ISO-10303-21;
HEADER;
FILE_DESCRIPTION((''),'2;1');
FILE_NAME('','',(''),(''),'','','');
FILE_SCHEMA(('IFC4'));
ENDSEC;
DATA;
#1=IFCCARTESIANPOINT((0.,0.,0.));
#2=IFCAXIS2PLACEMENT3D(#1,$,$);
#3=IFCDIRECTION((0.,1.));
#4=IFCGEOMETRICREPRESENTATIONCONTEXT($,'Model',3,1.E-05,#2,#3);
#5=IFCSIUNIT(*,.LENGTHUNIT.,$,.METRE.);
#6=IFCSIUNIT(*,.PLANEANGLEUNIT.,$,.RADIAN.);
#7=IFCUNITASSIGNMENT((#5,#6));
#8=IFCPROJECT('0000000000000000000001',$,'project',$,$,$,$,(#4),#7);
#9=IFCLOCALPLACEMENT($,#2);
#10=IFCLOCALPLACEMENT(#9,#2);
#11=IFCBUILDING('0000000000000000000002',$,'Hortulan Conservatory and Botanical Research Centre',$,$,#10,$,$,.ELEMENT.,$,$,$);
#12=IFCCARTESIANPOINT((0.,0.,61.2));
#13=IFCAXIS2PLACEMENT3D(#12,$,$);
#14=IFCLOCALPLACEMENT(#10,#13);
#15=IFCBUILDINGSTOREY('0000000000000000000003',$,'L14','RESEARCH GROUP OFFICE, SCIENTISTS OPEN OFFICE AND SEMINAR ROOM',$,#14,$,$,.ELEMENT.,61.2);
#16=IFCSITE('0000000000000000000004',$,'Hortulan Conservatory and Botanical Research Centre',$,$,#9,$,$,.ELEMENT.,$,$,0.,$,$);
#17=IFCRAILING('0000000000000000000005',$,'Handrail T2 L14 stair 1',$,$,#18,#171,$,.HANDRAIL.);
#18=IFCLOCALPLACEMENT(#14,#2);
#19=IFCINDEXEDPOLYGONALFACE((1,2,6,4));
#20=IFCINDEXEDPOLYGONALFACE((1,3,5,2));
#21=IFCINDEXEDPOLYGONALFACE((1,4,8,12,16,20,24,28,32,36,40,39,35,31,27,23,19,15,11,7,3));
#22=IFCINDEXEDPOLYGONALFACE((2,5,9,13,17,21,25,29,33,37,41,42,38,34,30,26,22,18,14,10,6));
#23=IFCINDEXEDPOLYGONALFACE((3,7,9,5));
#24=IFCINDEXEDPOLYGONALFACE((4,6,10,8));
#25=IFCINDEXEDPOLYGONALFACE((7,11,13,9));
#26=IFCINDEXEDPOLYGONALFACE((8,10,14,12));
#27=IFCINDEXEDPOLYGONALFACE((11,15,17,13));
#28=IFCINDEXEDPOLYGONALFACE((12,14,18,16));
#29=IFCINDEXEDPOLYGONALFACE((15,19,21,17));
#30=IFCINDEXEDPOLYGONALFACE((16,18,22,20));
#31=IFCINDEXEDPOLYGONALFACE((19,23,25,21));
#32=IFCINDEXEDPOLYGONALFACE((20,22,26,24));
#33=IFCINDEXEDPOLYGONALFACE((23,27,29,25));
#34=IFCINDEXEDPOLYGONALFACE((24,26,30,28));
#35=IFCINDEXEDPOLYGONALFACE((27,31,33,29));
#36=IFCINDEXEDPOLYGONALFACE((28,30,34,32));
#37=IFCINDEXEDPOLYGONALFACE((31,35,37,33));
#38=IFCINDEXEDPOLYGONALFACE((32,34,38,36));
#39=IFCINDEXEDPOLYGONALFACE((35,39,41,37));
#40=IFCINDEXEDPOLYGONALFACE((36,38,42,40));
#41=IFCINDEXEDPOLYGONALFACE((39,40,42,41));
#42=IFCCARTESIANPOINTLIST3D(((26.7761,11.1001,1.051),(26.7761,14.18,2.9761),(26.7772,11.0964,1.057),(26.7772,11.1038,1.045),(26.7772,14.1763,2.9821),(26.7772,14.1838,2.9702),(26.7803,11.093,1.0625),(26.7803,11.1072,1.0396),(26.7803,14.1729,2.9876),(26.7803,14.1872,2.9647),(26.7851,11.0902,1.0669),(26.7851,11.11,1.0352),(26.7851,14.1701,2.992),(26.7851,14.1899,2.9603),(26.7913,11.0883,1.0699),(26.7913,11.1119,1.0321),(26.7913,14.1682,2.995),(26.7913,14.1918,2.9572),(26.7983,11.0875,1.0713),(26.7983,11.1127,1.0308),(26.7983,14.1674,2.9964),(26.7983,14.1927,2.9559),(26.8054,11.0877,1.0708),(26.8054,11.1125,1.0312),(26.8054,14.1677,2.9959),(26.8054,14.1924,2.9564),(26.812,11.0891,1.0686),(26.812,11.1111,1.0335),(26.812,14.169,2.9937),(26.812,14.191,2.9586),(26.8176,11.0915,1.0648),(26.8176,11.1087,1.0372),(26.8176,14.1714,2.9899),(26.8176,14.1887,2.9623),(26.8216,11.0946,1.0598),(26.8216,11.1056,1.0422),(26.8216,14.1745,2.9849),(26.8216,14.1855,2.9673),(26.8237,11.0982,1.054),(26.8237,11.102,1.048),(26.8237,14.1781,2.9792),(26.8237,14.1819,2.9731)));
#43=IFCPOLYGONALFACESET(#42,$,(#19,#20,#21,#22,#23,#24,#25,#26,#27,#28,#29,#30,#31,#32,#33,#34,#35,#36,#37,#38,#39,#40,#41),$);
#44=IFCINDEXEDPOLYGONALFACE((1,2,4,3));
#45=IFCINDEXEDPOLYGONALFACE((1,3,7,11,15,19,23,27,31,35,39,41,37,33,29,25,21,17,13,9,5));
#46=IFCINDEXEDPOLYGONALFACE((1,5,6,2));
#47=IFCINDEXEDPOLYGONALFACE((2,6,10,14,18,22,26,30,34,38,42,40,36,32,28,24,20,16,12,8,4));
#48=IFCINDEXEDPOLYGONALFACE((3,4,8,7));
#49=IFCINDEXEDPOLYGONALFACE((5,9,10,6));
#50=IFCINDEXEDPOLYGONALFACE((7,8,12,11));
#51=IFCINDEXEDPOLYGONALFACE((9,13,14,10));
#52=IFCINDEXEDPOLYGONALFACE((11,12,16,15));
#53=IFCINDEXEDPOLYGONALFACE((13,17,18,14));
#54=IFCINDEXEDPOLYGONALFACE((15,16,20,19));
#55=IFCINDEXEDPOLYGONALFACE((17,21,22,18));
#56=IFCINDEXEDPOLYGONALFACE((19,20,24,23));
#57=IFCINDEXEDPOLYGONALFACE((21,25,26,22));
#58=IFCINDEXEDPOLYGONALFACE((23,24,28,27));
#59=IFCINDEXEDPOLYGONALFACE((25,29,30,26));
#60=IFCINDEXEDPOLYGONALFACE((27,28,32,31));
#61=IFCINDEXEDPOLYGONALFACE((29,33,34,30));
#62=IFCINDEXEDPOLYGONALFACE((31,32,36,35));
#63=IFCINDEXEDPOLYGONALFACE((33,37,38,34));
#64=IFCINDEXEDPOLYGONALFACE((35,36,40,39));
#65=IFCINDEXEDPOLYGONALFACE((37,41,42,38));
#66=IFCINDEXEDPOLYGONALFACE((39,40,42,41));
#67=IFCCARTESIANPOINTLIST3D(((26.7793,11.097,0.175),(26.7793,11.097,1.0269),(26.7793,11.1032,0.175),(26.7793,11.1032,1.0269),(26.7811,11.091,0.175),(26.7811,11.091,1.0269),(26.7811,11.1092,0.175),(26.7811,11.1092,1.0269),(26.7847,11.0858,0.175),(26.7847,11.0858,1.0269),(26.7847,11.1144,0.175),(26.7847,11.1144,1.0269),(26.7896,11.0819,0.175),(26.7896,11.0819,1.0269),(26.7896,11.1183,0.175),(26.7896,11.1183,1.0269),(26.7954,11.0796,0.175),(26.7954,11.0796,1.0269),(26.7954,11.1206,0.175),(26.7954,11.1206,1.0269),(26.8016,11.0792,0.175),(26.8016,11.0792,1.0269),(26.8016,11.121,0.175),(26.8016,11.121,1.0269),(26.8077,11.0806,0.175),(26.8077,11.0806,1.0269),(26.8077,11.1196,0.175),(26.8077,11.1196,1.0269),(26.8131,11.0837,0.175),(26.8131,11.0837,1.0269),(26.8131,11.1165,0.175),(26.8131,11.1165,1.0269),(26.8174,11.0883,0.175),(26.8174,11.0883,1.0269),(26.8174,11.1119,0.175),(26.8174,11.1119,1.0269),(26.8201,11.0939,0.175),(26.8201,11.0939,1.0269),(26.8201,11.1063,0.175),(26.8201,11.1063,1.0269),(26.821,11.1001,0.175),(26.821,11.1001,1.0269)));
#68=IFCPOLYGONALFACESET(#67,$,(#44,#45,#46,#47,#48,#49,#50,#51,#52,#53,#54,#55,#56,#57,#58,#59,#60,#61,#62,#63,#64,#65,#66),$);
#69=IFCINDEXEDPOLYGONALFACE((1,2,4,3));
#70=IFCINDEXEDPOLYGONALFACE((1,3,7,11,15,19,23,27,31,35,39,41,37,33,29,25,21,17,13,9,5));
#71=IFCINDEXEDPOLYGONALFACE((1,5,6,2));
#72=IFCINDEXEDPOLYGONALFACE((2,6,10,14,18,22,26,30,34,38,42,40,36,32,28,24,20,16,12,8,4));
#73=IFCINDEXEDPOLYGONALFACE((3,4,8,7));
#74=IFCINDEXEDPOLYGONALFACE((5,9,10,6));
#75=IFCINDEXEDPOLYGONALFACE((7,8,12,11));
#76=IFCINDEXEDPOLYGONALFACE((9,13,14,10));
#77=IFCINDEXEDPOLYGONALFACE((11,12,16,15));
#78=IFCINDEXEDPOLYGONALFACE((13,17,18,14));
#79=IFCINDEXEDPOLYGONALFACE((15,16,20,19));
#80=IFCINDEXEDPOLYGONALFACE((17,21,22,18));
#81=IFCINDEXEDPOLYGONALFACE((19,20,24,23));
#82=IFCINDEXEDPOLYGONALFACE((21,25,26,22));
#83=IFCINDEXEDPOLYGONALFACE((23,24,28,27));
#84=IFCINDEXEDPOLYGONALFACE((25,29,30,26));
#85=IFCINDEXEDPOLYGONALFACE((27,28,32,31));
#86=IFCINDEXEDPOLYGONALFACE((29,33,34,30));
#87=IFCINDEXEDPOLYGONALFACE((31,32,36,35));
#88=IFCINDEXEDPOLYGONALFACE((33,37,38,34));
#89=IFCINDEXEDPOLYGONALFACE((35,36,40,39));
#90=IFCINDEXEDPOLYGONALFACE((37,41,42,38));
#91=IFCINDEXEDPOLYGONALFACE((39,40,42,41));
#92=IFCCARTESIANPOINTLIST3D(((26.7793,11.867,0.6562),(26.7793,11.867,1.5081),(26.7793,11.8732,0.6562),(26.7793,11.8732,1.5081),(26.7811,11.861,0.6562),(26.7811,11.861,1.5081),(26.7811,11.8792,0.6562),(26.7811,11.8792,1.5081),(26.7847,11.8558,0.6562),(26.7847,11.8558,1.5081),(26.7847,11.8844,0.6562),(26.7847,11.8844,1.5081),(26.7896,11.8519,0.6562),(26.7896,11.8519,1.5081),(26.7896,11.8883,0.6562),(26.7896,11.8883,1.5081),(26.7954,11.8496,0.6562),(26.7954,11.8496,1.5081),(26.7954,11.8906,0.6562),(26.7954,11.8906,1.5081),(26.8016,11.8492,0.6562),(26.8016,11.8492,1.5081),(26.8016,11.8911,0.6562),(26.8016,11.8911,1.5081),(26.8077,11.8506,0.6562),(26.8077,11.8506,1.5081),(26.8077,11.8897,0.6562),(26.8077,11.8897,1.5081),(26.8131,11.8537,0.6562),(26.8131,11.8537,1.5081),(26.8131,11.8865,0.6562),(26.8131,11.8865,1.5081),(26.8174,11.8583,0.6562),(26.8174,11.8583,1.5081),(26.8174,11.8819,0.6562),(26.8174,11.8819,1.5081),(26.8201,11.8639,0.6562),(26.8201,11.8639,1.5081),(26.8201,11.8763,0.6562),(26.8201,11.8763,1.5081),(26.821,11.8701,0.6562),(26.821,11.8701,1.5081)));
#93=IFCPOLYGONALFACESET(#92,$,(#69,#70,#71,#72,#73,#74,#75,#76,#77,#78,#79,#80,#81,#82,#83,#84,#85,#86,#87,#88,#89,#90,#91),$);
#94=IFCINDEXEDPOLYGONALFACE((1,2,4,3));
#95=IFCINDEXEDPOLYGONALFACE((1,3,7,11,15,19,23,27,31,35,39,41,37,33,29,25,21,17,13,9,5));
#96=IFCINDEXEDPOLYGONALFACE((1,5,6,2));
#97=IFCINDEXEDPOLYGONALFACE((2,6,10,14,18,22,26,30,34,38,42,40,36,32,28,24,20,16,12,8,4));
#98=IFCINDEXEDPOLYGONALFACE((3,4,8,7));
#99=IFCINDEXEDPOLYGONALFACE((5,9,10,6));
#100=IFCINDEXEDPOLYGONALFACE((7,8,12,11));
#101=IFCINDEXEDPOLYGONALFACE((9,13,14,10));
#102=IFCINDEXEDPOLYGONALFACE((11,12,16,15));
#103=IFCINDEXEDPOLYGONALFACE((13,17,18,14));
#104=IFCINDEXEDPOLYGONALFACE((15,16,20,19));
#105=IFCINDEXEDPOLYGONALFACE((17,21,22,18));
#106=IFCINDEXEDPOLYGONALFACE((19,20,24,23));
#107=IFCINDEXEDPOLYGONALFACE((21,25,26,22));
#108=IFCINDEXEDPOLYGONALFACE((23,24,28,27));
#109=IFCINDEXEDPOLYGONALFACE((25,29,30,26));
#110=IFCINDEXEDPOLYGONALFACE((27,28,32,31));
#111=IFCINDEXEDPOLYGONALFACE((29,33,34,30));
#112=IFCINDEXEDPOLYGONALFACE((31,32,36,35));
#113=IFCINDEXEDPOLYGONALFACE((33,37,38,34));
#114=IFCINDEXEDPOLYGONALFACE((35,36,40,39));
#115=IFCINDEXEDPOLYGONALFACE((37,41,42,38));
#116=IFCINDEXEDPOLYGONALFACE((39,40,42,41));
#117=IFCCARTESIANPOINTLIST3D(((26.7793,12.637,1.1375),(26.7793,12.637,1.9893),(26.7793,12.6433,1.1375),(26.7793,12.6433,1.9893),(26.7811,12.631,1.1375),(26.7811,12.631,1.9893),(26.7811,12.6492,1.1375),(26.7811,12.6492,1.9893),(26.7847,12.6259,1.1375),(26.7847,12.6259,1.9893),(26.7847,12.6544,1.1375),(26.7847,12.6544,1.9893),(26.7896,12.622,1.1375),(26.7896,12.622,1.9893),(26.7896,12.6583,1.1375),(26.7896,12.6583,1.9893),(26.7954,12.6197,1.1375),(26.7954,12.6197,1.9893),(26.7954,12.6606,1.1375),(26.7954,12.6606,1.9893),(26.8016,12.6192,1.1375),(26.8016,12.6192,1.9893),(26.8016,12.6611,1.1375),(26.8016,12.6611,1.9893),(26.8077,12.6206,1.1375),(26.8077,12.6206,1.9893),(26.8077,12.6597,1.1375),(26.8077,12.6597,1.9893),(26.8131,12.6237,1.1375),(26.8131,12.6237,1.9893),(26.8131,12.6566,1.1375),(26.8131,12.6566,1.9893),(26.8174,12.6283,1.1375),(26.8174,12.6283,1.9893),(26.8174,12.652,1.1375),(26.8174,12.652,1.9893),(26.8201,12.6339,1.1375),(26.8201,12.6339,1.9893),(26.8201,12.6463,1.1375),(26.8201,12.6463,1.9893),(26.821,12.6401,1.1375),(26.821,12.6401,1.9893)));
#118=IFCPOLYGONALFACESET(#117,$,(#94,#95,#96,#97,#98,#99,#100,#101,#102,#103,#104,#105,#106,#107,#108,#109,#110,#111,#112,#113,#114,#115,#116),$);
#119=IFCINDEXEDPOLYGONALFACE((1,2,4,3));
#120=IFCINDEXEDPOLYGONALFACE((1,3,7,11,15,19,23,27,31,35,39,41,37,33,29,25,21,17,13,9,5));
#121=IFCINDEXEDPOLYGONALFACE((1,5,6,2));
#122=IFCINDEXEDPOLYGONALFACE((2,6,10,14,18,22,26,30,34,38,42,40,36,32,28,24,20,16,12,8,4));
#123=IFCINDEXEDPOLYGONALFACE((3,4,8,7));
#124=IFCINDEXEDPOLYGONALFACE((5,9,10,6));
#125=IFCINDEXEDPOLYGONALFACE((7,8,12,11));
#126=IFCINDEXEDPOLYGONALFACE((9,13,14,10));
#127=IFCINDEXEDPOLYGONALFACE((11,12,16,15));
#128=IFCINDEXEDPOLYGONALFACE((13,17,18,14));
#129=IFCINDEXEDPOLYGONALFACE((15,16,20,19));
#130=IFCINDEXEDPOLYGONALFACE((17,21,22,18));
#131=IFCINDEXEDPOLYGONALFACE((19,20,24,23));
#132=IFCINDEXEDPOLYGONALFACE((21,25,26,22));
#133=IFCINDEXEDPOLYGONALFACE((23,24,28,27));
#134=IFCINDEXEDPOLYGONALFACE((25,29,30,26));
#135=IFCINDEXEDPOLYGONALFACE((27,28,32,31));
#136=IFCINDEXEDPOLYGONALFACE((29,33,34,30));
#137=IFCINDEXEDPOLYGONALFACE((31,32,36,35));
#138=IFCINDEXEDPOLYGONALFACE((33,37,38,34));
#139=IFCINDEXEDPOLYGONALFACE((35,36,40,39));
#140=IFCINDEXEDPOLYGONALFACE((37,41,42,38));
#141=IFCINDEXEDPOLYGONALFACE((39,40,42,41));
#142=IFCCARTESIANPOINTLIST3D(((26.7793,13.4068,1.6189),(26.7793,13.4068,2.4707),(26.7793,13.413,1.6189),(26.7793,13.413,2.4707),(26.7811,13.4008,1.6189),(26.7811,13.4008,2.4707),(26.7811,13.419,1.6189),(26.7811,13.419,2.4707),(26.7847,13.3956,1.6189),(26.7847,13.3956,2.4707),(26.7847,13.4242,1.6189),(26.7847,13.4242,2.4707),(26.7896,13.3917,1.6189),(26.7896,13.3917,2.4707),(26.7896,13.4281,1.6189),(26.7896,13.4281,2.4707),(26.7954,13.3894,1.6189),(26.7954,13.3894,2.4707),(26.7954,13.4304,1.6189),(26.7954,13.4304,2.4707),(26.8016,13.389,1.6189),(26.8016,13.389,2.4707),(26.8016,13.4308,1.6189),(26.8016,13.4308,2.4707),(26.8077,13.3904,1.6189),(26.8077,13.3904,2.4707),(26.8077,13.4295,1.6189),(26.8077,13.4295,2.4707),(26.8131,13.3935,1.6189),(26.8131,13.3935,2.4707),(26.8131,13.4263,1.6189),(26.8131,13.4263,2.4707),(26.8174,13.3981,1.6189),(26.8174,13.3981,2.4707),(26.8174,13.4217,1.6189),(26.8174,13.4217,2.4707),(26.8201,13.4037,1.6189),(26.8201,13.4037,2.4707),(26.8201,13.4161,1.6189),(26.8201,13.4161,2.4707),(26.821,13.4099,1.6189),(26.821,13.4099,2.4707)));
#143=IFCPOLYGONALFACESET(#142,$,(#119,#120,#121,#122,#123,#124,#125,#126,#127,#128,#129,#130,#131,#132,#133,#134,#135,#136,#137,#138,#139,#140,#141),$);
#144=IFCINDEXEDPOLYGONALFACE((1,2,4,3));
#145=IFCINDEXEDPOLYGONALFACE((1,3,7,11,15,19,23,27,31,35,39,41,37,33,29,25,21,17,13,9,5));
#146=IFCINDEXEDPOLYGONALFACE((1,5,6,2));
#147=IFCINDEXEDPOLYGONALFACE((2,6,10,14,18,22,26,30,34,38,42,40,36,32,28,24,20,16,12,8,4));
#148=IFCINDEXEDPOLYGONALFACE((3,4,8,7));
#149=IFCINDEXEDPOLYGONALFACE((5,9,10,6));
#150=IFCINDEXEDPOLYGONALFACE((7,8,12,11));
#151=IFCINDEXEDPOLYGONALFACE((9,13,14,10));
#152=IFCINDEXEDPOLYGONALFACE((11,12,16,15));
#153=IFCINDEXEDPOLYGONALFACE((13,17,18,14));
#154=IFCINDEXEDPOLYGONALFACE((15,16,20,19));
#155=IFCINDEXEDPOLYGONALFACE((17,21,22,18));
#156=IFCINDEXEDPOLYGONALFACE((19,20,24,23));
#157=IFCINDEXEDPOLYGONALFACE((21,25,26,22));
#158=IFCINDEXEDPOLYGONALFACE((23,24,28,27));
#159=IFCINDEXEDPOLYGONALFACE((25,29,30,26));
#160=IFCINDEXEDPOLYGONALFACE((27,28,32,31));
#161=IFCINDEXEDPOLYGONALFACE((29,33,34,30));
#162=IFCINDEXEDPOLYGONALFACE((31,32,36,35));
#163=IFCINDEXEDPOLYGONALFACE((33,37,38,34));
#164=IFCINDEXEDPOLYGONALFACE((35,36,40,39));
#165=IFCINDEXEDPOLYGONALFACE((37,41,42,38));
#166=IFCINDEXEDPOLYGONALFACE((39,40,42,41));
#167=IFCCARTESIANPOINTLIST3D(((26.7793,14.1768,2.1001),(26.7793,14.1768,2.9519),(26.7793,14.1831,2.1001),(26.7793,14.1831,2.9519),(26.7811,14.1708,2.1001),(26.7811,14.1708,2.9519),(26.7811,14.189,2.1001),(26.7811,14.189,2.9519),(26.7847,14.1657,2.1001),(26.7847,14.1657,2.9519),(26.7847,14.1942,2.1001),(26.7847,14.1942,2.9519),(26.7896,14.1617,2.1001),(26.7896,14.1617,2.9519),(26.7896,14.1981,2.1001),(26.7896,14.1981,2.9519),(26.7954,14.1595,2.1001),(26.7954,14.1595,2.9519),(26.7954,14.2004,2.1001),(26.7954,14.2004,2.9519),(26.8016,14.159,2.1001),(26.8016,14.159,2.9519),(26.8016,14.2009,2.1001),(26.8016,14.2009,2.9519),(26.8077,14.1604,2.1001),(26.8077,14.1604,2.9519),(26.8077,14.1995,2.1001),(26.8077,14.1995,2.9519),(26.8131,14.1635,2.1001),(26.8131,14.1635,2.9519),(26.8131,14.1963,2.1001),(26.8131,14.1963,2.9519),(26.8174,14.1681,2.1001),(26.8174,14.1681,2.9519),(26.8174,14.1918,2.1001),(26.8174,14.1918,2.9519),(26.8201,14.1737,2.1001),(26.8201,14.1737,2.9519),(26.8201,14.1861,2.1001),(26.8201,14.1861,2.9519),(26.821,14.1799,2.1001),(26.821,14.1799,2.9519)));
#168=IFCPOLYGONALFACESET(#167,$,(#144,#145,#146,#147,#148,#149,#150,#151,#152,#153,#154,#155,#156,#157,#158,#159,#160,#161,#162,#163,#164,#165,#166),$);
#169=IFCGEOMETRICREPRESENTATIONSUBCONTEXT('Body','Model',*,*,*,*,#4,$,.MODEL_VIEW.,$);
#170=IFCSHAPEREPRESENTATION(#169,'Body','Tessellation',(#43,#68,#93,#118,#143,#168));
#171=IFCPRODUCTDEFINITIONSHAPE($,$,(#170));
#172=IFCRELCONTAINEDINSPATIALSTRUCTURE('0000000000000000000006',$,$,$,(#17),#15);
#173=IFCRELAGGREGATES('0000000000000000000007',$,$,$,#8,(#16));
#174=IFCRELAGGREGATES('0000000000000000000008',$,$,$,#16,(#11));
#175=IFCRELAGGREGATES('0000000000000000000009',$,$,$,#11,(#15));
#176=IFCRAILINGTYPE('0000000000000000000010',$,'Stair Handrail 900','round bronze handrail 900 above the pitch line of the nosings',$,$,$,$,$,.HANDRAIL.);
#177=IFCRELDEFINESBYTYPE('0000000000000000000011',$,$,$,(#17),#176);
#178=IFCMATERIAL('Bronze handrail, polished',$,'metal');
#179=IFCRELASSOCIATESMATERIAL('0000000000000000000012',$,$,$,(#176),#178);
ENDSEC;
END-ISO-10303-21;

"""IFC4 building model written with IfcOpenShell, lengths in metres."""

from ifc_helpers import new_model, si_unit, direction, frame, origin, origin_2d, place, context, subcontext, project, spatial, circle, extrude, material, type_object, element, save


model = new_model("IFC4")

# Units and contexts
model_context = context("Model", 3, precision=1e-05, world=origin(), true_north=direction((0.0, 1.0)))
body_context = subcontext(model_context, "Body", "Model", "MODEL_VIEW")
ifc_project = project(units=[si_unit("LENGTHUNIT", "METRE"), si_unit("PLANEANGLEUNIT", "RADIAN")], contexts=[model_context])

# Site, building, storey
site_placement = place(None, origin())
site = spatial("IfcSite", under=ifc_project, at=site_placement, Name="Hortulan Conservatory and Botanical Research Centre", CompositionType="ELEMENT", RefElevation=0.0)
building_placement = place(site_placement, origin())
building = spatial("IfcBuilding", under=site, at=building_placement, Name="Hortulan Conservatory and Botanical Research Centre", CompositionType="ELEMENT")
storey_placement = place(building_placement, frame((0.0, 0.0, 61.2)))
storey = spatial("IfcBuildingStorey", under=building, at=storey_placement, Name="L14", Description="RESEARCH GROUP OFFICE, SCIENTISTS OPEN OFFICE AND SEMINAR ROOM", CompositionType="ELEMENT", Elevation=61.2)

# Railing
ifc_material_1 = material(Name="Bronze handrail, polished", Category="metal")
railing_type_1 = type_object("IfcRailingType", Name="Stair Handrail 900", Description="round bronze handrail 900 above the pitch line of the nosings", PredefinedType="HANDRAIL", material=ifc_material_1)
railing_1_placement = place(storey_placement, frame((26.8, 11.1001, 0.175)))
element("IfcRailing", 1, at=railing_1_placement, inside=storey, type_object=railing_type_1, Name="Handrail T2 L14 stair 1", PredefinedType="HANDRAIL", context=body_context, shape_type="SweptSolid", body=[
    extrude(circle(Radius=0.0239, at=origin_2d()), frame((0.0, 0.0, 0.876), z_axis=(0.0, 0.847979, 0.530029), x_axis=(-1.0, 0.0, 0.0)), (0.0, 0.0, 1.0), 3.6321),
    extrude(circle(Radius=0.021, at=origin_2d()), origin(), (0.0, 0.0, 1.0), 0.8518),
    extrude(circle(Radius=0.021, at=origin_2d()), frame((0.0, 0.77, 0.4812)), (0.0, 0.0, 1.0), 0.8518),
    extrude(circle(Radius=0.021, at=origin_2d()), frame((0.0, 1.54, 0.9624)), (0.0, 0.0, 1.0), 0.8518),
    extrude(circle(Radius=0.021, at=origin_2d()), frame((0.0, 2.3098, 1.4438)), (0.0, 0.0, 1.0), 0.8518),
    extrude(circle(Radius=0.021, at=origin_2d()), frame((0.0, 3.0798, 1.925)), (0.0, 0.0, 1.0), 0.8518),
])

save(model, "model.ifc")
